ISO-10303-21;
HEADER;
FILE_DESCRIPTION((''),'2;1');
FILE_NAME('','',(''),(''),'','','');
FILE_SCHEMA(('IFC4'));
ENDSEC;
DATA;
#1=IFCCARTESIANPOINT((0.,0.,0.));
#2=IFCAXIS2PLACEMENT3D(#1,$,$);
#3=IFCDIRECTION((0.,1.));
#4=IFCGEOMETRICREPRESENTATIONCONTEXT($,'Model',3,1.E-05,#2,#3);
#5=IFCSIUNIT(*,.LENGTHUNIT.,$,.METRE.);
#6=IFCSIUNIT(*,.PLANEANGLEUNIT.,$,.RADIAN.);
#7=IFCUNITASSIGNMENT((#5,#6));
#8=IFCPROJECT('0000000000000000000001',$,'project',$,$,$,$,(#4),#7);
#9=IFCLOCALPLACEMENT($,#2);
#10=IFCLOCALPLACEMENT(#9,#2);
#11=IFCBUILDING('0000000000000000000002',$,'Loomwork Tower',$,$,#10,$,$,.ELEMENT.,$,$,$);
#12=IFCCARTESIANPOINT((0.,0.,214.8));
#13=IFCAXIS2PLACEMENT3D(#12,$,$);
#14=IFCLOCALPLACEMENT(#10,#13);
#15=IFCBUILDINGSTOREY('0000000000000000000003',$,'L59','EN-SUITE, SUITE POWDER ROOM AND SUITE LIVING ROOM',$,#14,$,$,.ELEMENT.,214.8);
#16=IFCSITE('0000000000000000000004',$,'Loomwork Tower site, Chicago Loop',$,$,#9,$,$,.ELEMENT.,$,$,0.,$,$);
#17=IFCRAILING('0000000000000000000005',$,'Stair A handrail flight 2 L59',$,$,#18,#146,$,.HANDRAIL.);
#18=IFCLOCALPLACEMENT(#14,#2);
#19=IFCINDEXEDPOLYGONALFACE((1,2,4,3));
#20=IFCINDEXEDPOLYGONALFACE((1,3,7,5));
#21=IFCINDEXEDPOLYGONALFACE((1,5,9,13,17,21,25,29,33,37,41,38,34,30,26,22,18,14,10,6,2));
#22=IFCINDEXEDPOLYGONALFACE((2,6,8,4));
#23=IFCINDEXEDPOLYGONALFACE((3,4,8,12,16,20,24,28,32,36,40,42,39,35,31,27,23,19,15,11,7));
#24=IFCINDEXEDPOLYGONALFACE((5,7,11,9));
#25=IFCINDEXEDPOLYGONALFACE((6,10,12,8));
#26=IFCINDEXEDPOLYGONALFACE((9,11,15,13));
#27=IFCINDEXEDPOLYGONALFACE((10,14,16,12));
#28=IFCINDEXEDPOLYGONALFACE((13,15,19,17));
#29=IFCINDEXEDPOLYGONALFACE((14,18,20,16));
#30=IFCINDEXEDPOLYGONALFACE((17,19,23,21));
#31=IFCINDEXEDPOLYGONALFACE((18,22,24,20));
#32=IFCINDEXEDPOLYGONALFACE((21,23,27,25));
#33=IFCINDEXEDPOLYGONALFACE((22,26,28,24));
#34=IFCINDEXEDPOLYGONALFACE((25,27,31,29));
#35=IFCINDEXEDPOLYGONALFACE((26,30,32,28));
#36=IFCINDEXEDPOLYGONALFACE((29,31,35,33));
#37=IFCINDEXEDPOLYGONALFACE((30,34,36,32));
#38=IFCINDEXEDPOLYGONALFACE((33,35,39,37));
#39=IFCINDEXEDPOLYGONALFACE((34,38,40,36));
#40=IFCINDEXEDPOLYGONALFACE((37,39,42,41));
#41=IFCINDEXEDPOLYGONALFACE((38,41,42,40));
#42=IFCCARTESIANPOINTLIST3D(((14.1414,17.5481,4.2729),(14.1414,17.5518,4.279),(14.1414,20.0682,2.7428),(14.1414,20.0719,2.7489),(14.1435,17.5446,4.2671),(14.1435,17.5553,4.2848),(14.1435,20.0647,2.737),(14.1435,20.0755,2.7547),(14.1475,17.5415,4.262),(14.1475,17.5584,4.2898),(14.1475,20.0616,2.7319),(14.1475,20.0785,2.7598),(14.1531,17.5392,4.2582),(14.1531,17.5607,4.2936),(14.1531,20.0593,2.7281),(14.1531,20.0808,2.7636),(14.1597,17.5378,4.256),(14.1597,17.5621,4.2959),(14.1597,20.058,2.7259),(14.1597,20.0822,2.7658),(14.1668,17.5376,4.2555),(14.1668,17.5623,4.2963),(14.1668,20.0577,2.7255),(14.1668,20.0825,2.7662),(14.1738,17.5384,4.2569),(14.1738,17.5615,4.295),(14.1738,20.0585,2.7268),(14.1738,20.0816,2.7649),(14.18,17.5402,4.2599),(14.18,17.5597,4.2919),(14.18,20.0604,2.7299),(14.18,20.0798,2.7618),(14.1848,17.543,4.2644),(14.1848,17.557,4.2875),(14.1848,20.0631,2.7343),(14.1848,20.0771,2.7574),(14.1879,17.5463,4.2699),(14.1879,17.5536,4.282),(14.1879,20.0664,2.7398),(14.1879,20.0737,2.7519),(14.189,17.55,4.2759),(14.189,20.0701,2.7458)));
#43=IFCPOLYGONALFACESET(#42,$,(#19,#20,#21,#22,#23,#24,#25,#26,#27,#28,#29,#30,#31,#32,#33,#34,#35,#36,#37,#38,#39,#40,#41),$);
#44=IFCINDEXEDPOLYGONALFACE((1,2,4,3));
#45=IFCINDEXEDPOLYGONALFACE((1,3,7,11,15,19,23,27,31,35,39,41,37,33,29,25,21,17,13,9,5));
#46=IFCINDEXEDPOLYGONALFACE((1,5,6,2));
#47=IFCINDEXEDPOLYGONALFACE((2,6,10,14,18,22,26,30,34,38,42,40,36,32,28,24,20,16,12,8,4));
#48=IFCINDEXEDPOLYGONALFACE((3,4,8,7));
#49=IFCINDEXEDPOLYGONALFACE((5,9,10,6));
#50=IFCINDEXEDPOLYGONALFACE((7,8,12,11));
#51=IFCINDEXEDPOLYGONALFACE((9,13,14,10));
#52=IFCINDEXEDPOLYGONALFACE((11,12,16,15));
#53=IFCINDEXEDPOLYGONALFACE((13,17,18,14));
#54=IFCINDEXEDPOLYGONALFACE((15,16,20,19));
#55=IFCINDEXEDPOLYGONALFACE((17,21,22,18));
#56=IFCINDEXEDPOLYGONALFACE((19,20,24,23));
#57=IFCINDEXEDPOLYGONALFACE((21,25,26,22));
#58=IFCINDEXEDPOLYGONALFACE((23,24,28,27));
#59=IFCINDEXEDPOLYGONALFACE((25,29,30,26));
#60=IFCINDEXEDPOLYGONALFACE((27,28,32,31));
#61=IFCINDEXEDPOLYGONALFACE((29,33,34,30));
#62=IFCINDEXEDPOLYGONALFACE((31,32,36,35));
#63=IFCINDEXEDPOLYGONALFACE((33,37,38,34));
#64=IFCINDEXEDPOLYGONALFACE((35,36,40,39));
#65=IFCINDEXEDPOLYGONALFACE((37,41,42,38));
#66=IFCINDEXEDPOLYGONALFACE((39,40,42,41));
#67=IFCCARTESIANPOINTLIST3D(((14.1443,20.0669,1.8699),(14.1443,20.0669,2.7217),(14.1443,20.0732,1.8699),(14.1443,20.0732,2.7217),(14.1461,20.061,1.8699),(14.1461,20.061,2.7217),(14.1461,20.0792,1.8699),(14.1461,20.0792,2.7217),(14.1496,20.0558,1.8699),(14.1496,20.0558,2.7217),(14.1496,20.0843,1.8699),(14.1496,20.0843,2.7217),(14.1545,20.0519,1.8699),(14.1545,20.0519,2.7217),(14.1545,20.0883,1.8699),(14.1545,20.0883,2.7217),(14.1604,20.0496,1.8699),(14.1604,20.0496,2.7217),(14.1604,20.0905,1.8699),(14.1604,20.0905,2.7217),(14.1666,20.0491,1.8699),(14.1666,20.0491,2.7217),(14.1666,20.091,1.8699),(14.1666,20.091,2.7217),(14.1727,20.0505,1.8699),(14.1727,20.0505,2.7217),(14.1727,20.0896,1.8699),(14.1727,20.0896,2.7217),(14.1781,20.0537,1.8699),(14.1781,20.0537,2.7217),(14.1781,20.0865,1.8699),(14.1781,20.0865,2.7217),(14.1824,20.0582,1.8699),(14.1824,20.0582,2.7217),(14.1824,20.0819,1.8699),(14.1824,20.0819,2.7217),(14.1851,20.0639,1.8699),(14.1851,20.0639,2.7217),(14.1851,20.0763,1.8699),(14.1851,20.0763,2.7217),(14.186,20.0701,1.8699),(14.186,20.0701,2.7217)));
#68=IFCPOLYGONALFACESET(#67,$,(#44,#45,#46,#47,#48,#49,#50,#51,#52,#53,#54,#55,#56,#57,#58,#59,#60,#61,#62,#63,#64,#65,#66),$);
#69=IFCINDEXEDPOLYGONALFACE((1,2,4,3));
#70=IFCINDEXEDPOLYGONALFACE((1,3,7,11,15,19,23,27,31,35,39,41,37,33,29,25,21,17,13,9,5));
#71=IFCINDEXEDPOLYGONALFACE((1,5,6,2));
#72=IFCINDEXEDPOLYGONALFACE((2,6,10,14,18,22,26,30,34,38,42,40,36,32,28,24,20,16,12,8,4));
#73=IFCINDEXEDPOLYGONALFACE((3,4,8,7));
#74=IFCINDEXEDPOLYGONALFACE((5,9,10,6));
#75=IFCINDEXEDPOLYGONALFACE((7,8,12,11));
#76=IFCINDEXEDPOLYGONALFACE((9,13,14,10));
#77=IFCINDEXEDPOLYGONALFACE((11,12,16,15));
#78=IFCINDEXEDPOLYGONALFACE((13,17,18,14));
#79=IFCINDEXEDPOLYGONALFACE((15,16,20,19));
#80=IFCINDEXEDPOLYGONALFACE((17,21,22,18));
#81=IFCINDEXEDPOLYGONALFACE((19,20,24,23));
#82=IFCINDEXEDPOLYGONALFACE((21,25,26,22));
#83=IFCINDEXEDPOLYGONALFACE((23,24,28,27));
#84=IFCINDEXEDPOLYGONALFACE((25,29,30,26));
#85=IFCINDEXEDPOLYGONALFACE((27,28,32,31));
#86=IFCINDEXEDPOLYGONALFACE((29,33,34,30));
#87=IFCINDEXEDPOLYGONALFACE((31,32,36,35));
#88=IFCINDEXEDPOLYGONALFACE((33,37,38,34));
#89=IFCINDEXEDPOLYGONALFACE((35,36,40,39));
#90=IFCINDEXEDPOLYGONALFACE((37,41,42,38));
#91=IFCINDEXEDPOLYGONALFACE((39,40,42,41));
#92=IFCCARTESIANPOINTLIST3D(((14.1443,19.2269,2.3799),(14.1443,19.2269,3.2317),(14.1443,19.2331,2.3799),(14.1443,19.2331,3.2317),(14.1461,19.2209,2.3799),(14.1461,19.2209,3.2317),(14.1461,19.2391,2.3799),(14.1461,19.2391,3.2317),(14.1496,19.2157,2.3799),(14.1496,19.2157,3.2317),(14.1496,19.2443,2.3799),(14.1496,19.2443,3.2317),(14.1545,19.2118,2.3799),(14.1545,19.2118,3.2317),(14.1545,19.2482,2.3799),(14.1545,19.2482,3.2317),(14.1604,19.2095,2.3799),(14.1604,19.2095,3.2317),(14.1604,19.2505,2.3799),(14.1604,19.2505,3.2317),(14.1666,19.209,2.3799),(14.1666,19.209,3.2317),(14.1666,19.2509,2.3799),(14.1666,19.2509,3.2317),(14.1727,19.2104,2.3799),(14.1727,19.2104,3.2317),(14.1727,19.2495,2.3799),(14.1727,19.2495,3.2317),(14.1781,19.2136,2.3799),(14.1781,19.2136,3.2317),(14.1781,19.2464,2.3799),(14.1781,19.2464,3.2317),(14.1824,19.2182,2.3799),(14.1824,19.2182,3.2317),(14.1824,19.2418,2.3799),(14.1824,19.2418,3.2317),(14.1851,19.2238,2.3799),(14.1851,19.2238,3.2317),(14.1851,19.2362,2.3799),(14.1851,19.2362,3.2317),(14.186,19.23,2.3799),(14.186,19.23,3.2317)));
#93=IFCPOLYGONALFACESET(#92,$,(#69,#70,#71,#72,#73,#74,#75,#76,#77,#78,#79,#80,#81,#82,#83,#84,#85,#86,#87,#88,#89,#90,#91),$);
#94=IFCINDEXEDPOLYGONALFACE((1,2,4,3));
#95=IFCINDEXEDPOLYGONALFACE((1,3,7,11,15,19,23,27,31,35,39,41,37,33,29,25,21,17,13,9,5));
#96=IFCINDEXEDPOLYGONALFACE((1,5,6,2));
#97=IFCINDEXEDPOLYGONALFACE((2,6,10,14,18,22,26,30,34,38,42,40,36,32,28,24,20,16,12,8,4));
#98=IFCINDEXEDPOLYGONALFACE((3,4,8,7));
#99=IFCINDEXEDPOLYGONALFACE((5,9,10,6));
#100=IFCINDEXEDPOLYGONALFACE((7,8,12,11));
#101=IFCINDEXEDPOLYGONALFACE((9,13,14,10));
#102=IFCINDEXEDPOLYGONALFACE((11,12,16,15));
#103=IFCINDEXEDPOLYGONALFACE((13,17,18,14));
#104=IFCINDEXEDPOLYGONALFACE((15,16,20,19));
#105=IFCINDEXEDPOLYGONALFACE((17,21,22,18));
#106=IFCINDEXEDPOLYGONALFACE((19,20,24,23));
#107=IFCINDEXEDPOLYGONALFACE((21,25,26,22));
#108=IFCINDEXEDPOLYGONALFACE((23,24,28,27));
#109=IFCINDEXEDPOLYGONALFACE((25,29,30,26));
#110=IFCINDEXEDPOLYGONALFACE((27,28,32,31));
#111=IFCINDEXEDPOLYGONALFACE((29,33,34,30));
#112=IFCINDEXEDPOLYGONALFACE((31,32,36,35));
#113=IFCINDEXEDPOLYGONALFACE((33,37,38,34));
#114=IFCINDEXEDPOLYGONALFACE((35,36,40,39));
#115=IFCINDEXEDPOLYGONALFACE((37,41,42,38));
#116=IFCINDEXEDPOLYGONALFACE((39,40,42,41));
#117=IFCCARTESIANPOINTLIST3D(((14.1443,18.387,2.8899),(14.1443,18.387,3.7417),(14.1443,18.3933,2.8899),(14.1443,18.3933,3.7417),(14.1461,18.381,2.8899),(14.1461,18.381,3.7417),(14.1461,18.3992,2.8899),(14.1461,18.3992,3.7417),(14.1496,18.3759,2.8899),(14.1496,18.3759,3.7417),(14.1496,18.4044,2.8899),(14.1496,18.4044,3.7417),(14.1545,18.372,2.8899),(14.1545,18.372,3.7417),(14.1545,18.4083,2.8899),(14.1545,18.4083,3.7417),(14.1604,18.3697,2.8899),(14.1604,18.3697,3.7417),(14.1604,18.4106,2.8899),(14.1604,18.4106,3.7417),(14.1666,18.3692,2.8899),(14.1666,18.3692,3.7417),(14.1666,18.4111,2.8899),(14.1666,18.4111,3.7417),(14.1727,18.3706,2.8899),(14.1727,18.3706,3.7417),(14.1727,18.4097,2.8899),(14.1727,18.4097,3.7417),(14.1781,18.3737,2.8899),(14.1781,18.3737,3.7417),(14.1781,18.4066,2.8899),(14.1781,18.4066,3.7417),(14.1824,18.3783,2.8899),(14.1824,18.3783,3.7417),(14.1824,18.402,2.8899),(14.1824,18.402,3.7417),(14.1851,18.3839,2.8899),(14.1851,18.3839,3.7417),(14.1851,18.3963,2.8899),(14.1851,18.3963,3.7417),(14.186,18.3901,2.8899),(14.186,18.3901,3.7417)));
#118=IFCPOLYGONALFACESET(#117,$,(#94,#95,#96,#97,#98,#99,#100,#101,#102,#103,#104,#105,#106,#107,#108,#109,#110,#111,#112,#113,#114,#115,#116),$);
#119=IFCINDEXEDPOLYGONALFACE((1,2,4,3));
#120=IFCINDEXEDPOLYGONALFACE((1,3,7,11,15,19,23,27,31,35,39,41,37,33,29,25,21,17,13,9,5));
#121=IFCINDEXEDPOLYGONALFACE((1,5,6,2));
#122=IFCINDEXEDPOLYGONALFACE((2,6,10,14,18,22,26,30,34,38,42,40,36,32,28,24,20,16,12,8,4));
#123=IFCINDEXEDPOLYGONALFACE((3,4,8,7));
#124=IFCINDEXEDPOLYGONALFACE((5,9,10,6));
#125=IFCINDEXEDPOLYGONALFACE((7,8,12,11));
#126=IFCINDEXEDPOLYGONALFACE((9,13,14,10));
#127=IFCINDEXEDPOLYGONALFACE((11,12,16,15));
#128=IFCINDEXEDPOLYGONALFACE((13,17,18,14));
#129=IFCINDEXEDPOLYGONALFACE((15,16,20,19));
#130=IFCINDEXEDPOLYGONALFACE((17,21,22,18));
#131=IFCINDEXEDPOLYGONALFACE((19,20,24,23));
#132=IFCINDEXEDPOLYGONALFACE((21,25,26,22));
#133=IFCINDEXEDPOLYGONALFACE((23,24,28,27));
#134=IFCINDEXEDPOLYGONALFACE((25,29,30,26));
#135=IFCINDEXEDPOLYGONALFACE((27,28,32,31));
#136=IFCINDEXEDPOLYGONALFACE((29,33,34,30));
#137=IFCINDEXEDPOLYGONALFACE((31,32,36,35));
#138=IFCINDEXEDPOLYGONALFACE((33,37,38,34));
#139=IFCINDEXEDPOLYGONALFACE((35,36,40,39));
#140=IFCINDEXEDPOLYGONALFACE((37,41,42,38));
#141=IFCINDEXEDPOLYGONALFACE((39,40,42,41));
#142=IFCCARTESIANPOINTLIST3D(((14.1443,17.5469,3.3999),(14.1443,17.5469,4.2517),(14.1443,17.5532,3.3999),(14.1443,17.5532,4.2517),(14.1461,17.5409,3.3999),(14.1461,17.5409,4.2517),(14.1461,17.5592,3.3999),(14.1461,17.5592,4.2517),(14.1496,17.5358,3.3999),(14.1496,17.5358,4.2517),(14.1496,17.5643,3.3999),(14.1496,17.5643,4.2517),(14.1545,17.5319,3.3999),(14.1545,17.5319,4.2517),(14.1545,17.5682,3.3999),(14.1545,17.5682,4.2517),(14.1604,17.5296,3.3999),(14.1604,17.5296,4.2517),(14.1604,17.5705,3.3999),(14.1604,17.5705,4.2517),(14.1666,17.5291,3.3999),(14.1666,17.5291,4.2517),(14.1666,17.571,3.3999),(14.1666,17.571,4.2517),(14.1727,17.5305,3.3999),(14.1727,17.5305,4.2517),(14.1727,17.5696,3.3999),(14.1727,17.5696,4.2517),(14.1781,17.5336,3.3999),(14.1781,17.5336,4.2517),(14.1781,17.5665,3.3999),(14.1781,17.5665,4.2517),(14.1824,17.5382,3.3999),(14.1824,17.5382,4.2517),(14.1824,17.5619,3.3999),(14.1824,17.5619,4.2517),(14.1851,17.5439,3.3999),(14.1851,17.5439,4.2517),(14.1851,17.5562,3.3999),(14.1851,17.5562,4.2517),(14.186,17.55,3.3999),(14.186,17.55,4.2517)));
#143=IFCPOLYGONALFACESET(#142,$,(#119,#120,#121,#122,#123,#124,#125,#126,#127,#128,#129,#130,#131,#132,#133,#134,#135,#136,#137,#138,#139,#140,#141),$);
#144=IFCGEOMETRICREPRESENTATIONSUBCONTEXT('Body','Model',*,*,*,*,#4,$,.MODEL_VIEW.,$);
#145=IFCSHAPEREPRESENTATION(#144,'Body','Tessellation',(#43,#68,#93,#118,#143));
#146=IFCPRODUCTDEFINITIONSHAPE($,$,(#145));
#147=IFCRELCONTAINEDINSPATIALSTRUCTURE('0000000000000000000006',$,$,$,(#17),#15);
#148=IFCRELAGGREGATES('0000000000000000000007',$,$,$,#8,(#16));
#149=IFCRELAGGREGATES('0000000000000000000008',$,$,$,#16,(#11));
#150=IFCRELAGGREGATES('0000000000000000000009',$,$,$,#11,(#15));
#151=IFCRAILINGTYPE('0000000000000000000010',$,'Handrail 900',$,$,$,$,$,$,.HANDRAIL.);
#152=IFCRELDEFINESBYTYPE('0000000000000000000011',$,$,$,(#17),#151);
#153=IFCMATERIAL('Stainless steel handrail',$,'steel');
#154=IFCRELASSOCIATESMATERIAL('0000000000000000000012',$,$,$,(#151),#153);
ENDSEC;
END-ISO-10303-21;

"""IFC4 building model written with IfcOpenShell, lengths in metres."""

from ifc_helpers import new_model, si_unit, direction, frame, origin, origin_2d, place, context, subcontext, project, spatial, circle, extrude, material, type_object, element, save


model = new_model("IFC4")

# Units and contexts
model_context = context("Model", 3, precision=1e-05, world=origin(), true_north=direction((0.0, 1.0)))
body_context = subcontext(model_context, "Body", "Model", "MODEL_VIEW")
ifc_project = project(units=[si_unit("LENGTHUNIT", "METRE"), si_unit("PLANEANGLEUNIT", "RADIAN")], contexts=[model_context])

# Site, building, storey
site_placement = place(None, origin())
site = spatial("IfcSite", under=ifc_project, at=site_placement, Name="Loomwork Tower site, Chicago Loop", CompositionType="ELEMENT", RefElevation=0.0)
building_placement = place(site_placement, origin())
building = spatial("IfcBuilding", under=site, at=building_placement, Name="Loomwork Tower", CompositionType="ELEMENT")
storey_placement = place(building_placement, frame((0.0, 0.0, 214.8)))
storey = spatial("IfcBuildingStorey", under=building, at=storey_placement, Name="L59", Description="EN-SUITE, SUITE POWDER ROOM AND SUITE LIVING ROOM", CompositionType="ELEMENT", Elevation=214.8)

# Railing
ifc_material_1 = material(Name="Stainless steel handrail", Category="steel")
railing_type = type_object("IfcRailingType", Name="Handrail 900", PredefinedType="HANDRAIL", material=ifc_material_1)
railing_1_placement = place(storey_placement, frame((14.165, 20.0701, 1.8699)))
element("IfcRailing", 1, at=railing_1_placement, inside=storey, type_object=railing_type, Name="Stair A handrail flight 2 L59", PredefinedType="HANDRAIL", context=body_context, shape_type="SweptSolid", body=[
    extrude(circle(Radius=0.0239, at=origin_2d()), frame((0.0, 0.0, 0.876), z_axis=(0.0, -0.854785, 0.518982), x_axis=(1.0, 0.0, 0.0)), (0.0, 0.0, 1.0), 2.9482),
    extrude(circle(Radius=0.021, at=origin_2d()), origin(), (0.0, 0.0, 1.0), 0.8518),
    extrude(circle(Radius=0.021, at=origin_2d()), frame((0.0, -0.8401, 0.51)), (0.0, 0.0, 1.0), 0.8518),
    extrude(circle(Radius=0.021, at=origin_2d()), frame((0.0, -1.6799, 1.02)), (0.0, 0.0, 1.0), 0.8518),
    extrude(circle(Radius=0.021, at=origin_2d()), frame((0.0, -2.52, 1.53)), (0.0, 0.0, 1.0), 0.8518),
])

save(model, "model.ifc")
